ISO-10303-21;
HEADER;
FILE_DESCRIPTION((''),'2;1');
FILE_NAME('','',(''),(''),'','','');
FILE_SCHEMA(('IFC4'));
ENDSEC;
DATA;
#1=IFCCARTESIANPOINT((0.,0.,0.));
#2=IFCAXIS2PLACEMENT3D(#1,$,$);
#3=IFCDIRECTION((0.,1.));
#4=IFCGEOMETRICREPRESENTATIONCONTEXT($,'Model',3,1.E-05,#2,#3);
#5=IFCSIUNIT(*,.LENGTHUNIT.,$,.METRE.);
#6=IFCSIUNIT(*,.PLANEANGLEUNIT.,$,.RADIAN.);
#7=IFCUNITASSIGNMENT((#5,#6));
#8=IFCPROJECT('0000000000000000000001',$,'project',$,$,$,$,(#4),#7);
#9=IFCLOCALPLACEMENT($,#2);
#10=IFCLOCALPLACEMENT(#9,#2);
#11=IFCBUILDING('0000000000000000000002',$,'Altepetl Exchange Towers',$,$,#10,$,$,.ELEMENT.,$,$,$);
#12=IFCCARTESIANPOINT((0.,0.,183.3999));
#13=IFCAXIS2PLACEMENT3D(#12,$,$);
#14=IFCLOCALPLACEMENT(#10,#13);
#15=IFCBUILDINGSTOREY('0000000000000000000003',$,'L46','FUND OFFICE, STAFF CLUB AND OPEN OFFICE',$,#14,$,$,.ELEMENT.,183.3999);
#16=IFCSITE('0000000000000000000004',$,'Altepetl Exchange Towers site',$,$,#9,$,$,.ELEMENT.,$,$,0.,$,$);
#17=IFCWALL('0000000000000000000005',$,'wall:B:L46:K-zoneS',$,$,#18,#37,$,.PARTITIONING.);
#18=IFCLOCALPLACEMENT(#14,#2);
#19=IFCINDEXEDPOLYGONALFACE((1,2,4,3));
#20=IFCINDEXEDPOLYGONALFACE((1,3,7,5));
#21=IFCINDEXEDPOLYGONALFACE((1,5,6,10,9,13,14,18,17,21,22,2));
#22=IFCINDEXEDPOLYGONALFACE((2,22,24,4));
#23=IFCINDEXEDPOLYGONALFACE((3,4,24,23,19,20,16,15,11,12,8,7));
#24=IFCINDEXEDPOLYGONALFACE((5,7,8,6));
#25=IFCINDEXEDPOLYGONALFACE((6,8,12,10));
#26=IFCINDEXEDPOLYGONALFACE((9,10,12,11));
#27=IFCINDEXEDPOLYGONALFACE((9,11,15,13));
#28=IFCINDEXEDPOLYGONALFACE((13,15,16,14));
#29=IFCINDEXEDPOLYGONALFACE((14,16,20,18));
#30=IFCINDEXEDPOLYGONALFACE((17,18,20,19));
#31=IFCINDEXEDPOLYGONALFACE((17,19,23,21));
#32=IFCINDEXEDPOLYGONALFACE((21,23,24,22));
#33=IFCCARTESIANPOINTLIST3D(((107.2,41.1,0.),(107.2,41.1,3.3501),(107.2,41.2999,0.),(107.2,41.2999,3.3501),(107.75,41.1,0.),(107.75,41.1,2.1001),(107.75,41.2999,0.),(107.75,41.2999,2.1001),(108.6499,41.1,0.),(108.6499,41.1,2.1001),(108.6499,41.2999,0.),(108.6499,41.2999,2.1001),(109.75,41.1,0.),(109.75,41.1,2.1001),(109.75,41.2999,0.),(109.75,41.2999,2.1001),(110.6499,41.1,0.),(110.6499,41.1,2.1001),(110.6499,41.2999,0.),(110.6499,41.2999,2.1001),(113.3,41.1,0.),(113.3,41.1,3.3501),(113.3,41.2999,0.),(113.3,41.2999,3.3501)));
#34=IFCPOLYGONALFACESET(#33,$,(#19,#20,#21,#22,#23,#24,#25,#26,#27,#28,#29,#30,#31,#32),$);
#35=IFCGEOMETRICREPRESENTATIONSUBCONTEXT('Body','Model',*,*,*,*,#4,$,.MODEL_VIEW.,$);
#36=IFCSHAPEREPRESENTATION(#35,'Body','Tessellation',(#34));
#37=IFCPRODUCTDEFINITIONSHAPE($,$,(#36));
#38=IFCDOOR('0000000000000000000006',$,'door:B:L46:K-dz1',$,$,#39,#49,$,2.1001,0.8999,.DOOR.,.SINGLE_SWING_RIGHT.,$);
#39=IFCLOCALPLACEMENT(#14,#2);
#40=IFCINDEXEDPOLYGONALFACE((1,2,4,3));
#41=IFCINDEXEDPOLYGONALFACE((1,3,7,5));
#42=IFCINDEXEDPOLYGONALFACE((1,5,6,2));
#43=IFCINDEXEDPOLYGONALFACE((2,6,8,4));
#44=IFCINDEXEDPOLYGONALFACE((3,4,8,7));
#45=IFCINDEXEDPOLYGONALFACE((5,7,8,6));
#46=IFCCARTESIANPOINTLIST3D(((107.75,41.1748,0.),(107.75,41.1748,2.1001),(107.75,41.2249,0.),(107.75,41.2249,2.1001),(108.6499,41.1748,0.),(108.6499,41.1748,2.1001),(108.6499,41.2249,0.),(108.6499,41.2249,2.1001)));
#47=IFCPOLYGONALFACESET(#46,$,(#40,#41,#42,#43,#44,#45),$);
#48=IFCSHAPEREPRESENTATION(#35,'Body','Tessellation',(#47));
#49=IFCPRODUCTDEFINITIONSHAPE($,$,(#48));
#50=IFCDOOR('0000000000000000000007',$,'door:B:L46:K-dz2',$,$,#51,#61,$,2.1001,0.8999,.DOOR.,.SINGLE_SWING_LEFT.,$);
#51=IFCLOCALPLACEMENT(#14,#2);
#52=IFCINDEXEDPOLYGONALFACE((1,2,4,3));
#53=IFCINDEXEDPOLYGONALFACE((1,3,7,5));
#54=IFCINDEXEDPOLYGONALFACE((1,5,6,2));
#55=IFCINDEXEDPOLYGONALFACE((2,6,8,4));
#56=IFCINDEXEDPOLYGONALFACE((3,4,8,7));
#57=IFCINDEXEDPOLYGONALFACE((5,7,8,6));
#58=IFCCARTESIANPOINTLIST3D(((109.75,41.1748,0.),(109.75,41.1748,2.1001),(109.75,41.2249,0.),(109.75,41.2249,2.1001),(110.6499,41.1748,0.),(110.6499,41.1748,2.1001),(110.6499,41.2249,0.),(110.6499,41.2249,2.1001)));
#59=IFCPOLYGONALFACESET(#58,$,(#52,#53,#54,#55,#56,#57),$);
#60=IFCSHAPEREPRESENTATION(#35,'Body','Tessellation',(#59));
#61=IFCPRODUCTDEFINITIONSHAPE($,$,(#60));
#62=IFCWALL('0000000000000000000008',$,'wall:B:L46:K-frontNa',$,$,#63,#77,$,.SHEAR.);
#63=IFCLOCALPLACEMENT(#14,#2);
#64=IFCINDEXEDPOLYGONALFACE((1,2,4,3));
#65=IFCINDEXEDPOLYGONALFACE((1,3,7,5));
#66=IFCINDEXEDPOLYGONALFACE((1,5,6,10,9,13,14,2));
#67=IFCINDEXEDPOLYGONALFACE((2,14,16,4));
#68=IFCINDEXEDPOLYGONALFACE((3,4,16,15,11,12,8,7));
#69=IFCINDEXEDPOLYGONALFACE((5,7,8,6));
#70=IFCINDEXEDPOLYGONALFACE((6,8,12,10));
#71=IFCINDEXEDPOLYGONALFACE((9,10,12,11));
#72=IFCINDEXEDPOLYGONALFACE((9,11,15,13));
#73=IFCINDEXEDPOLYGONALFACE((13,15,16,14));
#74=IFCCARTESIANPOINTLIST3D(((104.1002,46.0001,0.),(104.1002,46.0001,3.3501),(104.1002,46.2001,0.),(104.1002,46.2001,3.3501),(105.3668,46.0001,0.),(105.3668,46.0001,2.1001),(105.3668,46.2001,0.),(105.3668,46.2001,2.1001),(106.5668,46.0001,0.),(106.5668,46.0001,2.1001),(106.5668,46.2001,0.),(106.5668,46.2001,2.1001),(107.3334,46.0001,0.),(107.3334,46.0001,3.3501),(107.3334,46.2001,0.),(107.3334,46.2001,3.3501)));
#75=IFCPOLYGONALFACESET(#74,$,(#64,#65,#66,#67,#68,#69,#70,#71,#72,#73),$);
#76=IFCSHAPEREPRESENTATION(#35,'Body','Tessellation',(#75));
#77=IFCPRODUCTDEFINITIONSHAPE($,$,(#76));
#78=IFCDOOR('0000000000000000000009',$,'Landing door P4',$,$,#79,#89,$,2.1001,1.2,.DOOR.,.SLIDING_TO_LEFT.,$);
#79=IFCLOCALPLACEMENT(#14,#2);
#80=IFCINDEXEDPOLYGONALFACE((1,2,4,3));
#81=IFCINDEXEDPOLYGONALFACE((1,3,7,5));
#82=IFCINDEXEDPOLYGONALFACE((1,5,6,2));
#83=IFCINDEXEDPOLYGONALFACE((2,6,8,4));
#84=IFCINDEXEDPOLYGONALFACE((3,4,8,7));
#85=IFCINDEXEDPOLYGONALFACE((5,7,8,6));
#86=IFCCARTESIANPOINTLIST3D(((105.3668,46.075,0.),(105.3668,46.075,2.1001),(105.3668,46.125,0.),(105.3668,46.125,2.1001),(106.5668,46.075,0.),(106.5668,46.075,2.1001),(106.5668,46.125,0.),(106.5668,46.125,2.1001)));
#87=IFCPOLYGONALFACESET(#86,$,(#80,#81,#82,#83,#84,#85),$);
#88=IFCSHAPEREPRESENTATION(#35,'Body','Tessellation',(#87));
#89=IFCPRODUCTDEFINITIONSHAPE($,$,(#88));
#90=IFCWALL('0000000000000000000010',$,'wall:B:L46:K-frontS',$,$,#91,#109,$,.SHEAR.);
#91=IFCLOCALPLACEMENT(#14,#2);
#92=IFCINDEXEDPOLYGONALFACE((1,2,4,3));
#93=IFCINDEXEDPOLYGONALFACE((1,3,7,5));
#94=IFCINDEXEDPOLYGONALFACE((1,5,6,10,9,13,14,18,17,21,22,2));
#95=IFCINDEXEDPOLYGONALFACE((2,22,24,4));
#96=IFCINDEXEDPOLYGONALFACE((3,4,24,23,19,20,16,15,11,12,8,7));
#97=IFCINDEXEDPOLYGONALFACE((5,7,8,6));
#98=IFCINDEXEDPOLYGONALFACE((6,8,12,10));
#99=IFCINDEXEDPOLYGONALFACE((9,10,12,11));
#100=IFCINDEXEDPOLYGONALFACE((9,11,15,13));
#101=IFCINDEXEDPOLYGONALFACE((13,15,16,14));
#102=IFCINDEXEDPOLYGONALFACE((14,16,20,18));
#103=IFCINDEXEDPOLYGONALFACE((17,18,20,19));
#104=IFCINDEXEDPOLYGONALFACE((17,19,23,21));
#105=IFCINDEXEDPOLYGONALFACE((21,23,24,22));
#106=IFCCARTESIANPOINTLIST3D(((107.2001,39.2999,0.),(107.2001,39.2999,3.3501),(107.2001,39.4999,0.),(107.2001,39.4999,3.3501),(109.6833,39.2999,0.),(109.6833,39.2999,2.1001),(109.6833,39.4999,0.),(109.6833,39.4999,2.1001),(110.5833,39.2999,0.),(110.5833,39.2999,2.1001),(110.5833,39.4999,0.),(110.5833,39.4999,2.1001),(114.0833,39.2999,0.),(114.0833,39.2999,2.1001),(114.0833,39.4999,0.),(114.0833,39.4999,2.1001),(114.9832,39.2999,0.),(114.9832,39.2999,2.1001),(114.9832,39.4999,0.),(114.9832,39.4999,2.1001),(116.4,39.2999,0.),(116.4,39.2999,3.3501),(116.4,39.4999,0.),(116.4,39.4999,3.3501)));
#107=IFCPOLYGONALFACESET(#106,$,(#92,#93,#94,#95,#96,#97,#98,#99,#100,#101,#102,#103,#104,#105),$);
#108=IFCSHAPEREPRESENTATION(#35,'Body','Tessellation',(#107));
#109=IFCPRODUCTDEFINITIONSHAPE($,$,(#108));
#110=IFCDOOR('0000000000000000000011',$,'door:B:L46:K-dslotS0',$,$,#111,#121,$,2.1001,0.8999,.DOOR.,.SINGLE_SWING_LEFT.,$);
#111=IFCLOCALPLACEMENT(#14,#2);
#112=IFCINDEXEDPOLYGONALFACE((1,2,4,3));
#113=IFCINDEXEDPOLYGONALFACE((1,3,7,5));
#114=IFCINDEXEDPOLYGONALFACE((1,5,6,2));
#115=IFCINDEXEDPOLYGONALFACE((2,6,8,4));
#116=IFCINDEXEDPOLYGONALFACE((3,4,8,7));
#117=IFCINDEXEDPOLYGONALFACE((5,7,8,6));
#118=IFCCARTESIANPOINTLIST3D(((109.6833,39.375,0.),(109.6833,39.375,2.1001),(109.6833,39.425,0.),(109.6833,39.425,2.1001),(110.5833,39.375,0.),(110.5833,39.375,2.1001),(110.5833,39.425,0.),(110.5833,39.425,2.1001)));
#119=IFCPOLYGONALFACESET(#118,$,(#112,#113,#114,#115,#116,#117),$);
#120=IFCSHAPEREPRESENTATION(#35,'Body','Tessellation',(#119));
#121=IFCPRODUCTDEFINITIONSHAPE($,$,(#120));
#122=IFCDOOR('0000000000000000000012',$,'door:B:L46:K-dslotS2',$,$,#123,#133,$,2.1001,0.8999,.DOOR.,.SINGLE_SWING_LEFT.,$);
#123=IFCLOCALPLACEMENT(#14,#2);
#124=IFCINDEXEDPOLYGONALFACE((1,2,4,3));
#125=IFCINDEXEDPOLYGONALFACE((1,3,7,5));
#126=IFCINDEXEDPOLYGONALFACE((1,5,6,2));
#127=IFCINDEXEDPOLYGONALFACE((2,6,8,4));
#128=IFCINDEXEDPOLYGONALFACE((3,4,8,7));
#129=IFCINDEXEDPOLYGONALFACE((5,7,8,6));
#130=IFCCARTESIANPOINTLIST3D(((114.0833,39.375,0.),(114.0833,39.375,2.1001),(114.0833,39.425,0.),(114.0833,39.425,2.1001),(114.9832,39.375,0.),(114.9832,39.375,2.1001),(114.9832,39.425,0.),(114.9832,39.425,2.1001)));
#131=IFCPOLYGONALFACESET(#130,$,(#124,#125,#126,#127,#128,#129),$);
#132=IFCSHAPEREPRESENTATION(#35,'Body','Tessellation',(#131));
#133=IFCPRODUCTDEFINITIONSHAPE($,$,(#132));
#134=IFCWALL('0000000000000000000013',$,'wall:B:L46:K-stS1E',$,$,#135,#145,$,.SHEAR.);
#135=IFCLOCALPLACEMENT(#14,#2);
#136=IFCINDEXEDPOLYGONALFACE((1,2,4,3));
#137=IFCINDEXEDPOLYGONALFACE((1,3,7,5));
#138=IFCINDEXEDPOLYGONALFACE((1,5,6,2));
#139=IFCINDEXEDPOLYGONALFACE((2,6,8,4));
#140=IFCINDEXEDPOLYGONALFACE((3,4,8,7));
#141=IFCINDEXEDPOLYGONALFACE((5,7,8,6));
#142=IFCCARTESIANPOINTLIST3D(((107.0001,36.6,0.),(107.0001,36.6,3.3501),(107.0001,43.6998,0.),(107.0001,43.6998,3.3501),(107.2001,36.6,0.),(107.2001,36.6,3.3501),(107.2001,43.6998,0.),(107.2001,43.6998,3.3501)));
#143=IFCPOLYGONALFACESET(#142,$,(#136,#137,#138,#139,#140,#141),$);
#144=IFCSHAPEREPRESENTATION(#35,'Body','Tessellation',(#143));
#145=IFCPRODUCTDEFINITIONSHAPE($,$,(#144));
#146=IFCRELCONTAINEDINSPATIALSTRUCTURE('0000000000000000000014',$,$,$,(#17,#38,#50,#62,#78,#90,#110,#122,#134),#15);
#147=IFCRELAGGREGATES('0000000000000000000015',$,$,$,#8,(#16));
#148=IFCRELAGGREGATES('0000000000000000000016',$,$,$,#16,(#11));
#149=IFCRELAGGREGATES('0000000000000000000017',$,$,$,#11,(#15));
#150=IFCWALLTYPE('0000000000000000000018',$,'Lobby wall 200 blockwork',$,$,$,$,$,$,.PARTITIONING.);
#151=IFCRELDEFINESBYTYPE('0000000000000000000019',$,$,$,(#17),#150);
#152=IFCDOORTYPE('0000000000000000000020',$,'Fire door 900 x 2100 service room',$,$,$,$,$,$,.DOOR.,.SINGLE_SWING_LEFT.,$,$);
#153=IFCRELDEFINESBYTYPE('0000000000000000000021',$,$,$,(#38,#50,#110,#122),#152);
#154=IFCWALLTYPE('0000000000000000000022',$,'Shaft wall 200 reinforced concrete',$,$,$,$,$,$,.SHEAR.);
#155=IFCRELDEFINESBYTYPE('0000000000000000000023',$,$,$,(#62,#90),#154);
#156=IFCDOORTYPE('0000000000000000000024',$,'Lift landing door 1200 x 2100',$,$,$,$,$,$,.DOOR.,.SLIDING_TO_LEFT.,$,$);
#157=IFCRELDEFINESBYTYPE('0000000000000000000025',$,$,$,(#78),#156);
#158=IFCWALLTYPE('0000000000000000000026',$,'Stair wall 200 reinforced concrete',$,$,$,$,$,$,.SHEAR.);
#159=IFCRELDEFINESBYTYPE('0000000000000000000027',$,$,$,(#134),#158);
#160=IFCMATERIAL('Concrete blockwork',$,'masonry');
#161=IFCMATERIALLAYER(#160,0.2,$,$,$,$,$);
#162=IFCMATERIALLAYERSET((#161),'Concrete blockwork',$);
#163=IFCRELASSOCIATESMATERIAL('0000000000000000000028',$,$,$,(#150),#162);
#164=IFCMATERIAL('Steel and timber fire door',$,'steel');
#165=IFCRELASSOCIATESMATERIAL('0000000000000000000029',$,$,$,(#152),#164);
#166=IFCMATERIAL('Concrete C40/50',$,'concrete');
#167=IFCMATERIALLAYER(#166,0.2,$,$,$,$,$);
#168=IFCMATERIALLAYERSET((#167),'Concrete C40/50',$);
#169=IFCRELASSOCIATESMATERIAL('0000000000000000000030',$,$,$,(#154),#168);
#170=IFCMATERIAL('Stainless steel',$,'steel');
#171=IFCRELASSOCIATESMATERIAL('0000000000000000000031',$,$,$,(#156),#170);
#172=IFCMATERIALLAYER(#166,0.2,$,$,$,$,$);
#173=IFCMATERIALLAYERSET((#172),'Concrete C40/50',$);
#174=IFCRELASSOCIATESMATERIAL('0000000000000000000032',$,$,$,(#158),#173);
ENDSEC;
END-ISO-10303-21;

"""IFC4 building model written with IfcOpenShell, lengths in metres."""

from ifc_helpers import new_model, si_unit, direction, frame, frame_2d, origin, place, context, subcontext, project, spatial, rectangle, extrude, material, layer, layer_set, type_object, element, fill, save


model = new_model("IFC4")

# Units and contexts
model_context = context("Model", 3, precision=1e-05, world=origin(), true_north=direction((0.0, 1.0)))
body_context = subcontext(model_context, "Body", "Model", "MODEL_VIEW")
ifc_project = project(units=[si_unit("LENGTHUNIT", "METRE"), si_unit("PLANEANGLEUNIT", "RADIAN")], contexts=[model_context])

# Site, building, storey
site_placement = place(None, origin())
site = spatial("IfcSite", under=ifc_project, at=site_placement, Name="Altepetl Exchange Towers site", CompositionType="ELEMENT", RefElevation=0.0)
building_placement = place(site_placement, origin())
building = spatial("IfcBuilding", under=site, at=building_placement, Name="Altepetl Exchange Towers", CompositionType="ELEMENT")
storey_placement = place(building_placement, frame((0.0, 0.0, 183.3999)))
storey = spatial("IfcBuildingStorey", under=building, at=storey_placement, Name="L46", Description="FUND OFFICE, STAFF CLUB AND OPEN OFFICE", CompositionType="ELEMENT", Elevation=183.3999)

# Shared definitions
ifc_material_1 = material(Name="Steel and timber fire door", Category="steel")

# Shared definitions
ifc_material_2 = material(Name="Concrete blockwork", Category="masonry")
ifc_layer_1 = layer(ifc_material_2, 0.2)
ifc_layer_set_1 = layer_set([ifc_layer_1], Name="Concrete blockwork")
wall_type_1 = type_object("IfcWallType", Name="Lobby wall 200 blockwork", PredefinedType="PARTITIONING", material=ifc_layer_set_1)

# Wall, openings, doors
wall_1_placement = place(storey_placement, frame((107.2, 41.2, 0.0)))
wall_1 = element("IfcWall", 1, at=wall_1_placement, inside=storey, type_object=wall_type_1, Name="wall:B:L46:K-zoneS", PredefinedType="PARTITIONING", context=body_context, shape_type="SweptSolid", body=[
    extrude(rectangle(XDim=6.1001, YDim=0.2, at=frame_2d((3.05, 0.0))), origin(), (0.0, 0.0, 1.0), 3.3501),
])
opening_1_placement = place(wall_1_placement, frame((0.55, 0.0, 0.0)))
opening_1 = element("IfcOpeningElement", 2, at=opening_1_placement, cuts=wall_1, PredefinedType="OPENING", context=body_context, shape_type="SweptSolid", body=[
    extrude(rectangle(XDim=0.8999, YDim=2.1001, at=frame_2d((0.45, 1.05))), frame((0.0, 0.1099, 0.0), z_axis=(0.0, -1.0, 0.0), x_axis=(1.0, 0.0, 0.0)), (0.0, 0.0, 1.0), 0.22),
])
opening_2_placement = place(wall_1_placement, frame((2.55, 0.0, 0.0)))
opening_2 = element("IfcOpeningElement", 3, at=opening_2_placement, cuts=wall_1, PredefinedType="OPENING", context=body_context, shape_type="SweptSolid", body=[
    extrude(rectangle(XDim=0.8999, YDim=2.1001, at=frame_2d((0.45, 1.05))), frame((0.0, 0.1099, 0.0), z_axis=(0.0, -1.0, 0.0), x_axis=(1.0, 0.0, 0.0)), (0.0, 0.0, 1.0), 0.22),
])
door_type_1 = type_object("IfcDoorType", Name="Fire door 900 x 2100 service room", OperationType="SINGLE_SWING_LEFT", PredefinedType="DOOR", material=ifc_material_1)
door_1_placement = place(opening_1_placement, origin())
door_1 = element("IfcDoor", 4, at=door_1_placement, inside=storey, type_object=door_type_1, Name="door:B:L46:K-dz1", OperationType="SINGLE_SWING_RIGHT", OverallHeight=2.1001, OverallWidth=0.8999, PredefinedType="DOOR", context=body_context, shape_type="SweptSolid", body=[
    extrude(rectangle(XDim=0.8999, YDim=2.1001, at=frame_2d((0.45, 1.05))), frame((0.0, 0.0249, 0.0), z_axis=(0.0, -1.0, 0.0), x_axis=(1.0, 0.0, 0.0)), (0.0, 0.0, 1.0), 0.05),
])
fill(opening_1, door_1)
door_2_placement = place(opening_2_placement, origin())
door_2 = element("IfcDoor", 5, at=door_2_placement, inside=storey, type_object=door_type_1, Name="door:B:L46:K-dz2", OperationType="SINGLE_SWING_LEFT", OverallHeight=2.1001, OverallWidth=0.8999, PredefinedType="DOOR", context=body_context, shape_type="SweptSolid", body=[
    extrude(rectangle(XDim=0.8999, YDim=2.1001, at=frame_2d((0.45, 1.05))), frame((0.0, 0.0249, 0.0), z_axis=(0.0, -1.0, 0.0), x_axis=(1.0, 0.0, 0.0)), (0.0, 0.0, 1.0), 0.05),
])
fill(opening_2, door_2)

# Wall, opening, door
ifc_material_3 = material(Name="Concrete C40/50", Category="concrete")
ifc_layer_2 = layer(ifc_material_3, 0.2)
ifc_layer_set_2 = layer_set([ifc_layer_2], Name="Concrete C40/50")
wall_type_2 = type_object("IfcWallType", Name="Shaft wall 200 reinforced concrete", PredefinedType="SHEAR", material=ifc_layer_set_2)
wall_2_placement = place(storey_placement, frame((104.1001, 46.1001, 0.0)))
wall_2 = element("IfcWall", 6, at=wall_2_placement, inside=storey, type_object=wall_type_2, Name="wall:B:L46:K-frontNa", PredefinedType="SHEAR", context=body_context, shape_type="SweptSolid", body=[
    extrude(rectangle(XDim=3.2332, YDim=0.2, at=frame_2d((1.6167, 0.0))), origin(), (0.0, 0.0, 1.0), 3.3501),
])
opening_3_placement = place(wall_2_placement, frame((1.2666, 0.0, 0.0)))
opening_3 = element("IfcOpeningElement", 7, at=opening_3_placement, cuts=wall_2, PredefinedType="OPENING", context=body_context, shape_type="SweptSolid", body=[
    extrude(rectangle(XDim=1.2, YDim=2.1001, at=frame_2d((0.6001, 1.05))), frame((0.0, 0.1099, 0.0), z_axis=(0.0, -1.0, 0.0), x_axis=(1.0, 0.0, 0.0)), (0.0, 0.0, 1.0), 0.22),
])
ifc_material_4 = material(Name="Stainless steel", Category="steel")
door_type_2 = type_object("IfcDoorType", Name="Lift landing door 1200 x 2100", OperationType="SLIDING_TO_LEFT", PredefinedType="DOOR", material=ifc_material_4)
door_3_placement = place(opening_3_placement, origin())
door_3 = element("IfcDoor", 8, at=door_3_placement, inside=storey, type_object=door_type_2, Name="Landing door P4", OperationType="SLIDING_TO_LEFT", OverallHeight=2.1001, OverallWidth=1.2, PredefinedType="DOOR", context=body_context, shape_type="SweptSolid", body=[
    extrude(rectangle(XDim=1.2, YDim=2.1001, at=frame_2d((0.6001, 1.05))), frame((0.0, 0.0249, 0.0), z_axis=(0.0, -1.0, 0.0), x_axis=(1.0, 0.0, 0.0)), (0.0, 0.0, 1.0), 0.05),
])
fill(opening_3, door_3)

# Wall, openings, doors
wall_3_placement = place(storey_placement, frame((107.2, 39.3999, 0.0)))
wall_3 = element("IfcWall", 9, at=wall_3_placement, inside=storey, type_object=wall_type_2, Name="wall:B:L46:K-frontS", PredefinedType="SHEAR", context=body_context, shape_type="SweptSolid", body=[
    extrude(rectangle(XDim=9.2, YDim=0.2, at=frame_2d((4.6001, 0.0))), origin(), (0.0, 0.0, 1.0), 3.3501),
])
opening_4_placement = place(wall_3_placement, frame((2.4834, 0.0, 0.0)))
opening_4 = element("IfcOpeningElement", 10, at=opening_4_placement, cuts=wall_3, PredefinedType="OPENING", context=body_context, shape_type="SweptSolid", body=[
    extrude(rectangle(XDim=0.8999, YDim=2.1001, at=frame_2d((0.45, 1.05))), frame((0.0, 0.1099, 0.0), z_axis=(0.0, -1.0, 0.0), x_axis=(1.0, 0.0, 0.0)), (0.0, 0.0, 1.0), 0.22),
])
opening_5_placement = place(wall_3_placement, frame((6.8833, 0.0, 0.0)))
opening_5 = element("IfcOpeningElement", 11, at=opening_5_placement, cuts=wall_3, PredefinedType="OPENING", context=body_context, shape_type="SweptSolid", body=[
    extrude(rectangle(XDim=0.8999, YDim=2.1001, at=frame_2d((0.45, 1.05))), frame((0.0, 0.1099, 0.0), z_axis=(0.0, -1.0, 0.0), x_axis=(1.0, 0.0, 0.0)), (0.0, 0.0, 1.0), 0.22),
])
door_4_placement = place(opening_4_placement, frame((0.8999, 0.0, 0.0), x_axis=(-1.0, 0.0, 0.0)))
door_4 = element("IfcDoor", 12, at=door_4_placement, inside=storey, type_object=door_type_1, Name="door:B:L46:K-dslotS0", OperationType="SINGLE_SWING_LEFT", OverallHeight=2.1001, OverallWidth=0.8999, PredefinedType="DOOR", context=body_context, shape_type="SweptSolid", body=[
    extrude(rectangle(XDim=0.8999, YDim=2.1001, at=frame_2d((0.45, 1.05))), frame((0.0, 0.0249, 0.0), z_axis=(0.0, -1.0, 0.0), x_axis=(1.0, 0.0, 0.0)), (0.0, 0.0, 1.0), 0.05),
])
fill(opening_4, door_4)
door_5_placement = place(opening_5_placement, frame((0.8999, 0.0, 0.0), x_axis=(-1.0, 0.0, 0.0)))
door_5 = element("IfcDoor", 13, at=door_5_placement, inside=storey, type_object=door_type_1, Name="door:B:L46:K-dslotS2", OperationType="SINGLE_SWING_LEFT", OverallHeight=2.1001, OverallWidth=0.8999, PredefinedType="DOOR", context=body_context, shape_type="SweptSolid", body=[
    extrude(rectangle(XDim=0.8999, YDim=2.1001, at=frame_2d((0.45, 1.05))), frame((0.0, 0.0249, 0.0), z_axis=(0.0, -1.0, 0.0), x_axis=(1.0, 0.0, 0.0)), (0.0, 0.0, 1.0), 0.05),
])
fill(opening_5, door_5)

# Wall
ifc_layer_3 = layer(ifc_material_3, 0.2)
ifc_layer_set_3 = layer_set([ifc_layer_3], Name="Concrete C40/50")
wall_type_3 = type_object("IfcWallType", Name="Stair wall 200 reinforced concrete", PredefinedType="SHEAR", material=ifc_layer_set_3)
wall_4_placement = place(storey_placement, frame((107.1001, 36.6001, 0.0), z_axis=(0.0, 0.0, 1.0), x_axis=(0.0, 1.0, 0.0)))
element("IfcWall", 14, at=wall_4_placement, inside=storey, type_object=wall_type_3, Name="wall:B:L46:K-stS1E", PredefinedType="SHEAR", context=body_context, shape_type="SweptSolid", body=[
    extrude(rectangle(XDim=7.0999, YDim=0.2, at=frame_2d((3.5498, 0.0))), origin(), (0.0, 0.0, 1.0), 3.3501),
])

save(model, "model.ifc")
